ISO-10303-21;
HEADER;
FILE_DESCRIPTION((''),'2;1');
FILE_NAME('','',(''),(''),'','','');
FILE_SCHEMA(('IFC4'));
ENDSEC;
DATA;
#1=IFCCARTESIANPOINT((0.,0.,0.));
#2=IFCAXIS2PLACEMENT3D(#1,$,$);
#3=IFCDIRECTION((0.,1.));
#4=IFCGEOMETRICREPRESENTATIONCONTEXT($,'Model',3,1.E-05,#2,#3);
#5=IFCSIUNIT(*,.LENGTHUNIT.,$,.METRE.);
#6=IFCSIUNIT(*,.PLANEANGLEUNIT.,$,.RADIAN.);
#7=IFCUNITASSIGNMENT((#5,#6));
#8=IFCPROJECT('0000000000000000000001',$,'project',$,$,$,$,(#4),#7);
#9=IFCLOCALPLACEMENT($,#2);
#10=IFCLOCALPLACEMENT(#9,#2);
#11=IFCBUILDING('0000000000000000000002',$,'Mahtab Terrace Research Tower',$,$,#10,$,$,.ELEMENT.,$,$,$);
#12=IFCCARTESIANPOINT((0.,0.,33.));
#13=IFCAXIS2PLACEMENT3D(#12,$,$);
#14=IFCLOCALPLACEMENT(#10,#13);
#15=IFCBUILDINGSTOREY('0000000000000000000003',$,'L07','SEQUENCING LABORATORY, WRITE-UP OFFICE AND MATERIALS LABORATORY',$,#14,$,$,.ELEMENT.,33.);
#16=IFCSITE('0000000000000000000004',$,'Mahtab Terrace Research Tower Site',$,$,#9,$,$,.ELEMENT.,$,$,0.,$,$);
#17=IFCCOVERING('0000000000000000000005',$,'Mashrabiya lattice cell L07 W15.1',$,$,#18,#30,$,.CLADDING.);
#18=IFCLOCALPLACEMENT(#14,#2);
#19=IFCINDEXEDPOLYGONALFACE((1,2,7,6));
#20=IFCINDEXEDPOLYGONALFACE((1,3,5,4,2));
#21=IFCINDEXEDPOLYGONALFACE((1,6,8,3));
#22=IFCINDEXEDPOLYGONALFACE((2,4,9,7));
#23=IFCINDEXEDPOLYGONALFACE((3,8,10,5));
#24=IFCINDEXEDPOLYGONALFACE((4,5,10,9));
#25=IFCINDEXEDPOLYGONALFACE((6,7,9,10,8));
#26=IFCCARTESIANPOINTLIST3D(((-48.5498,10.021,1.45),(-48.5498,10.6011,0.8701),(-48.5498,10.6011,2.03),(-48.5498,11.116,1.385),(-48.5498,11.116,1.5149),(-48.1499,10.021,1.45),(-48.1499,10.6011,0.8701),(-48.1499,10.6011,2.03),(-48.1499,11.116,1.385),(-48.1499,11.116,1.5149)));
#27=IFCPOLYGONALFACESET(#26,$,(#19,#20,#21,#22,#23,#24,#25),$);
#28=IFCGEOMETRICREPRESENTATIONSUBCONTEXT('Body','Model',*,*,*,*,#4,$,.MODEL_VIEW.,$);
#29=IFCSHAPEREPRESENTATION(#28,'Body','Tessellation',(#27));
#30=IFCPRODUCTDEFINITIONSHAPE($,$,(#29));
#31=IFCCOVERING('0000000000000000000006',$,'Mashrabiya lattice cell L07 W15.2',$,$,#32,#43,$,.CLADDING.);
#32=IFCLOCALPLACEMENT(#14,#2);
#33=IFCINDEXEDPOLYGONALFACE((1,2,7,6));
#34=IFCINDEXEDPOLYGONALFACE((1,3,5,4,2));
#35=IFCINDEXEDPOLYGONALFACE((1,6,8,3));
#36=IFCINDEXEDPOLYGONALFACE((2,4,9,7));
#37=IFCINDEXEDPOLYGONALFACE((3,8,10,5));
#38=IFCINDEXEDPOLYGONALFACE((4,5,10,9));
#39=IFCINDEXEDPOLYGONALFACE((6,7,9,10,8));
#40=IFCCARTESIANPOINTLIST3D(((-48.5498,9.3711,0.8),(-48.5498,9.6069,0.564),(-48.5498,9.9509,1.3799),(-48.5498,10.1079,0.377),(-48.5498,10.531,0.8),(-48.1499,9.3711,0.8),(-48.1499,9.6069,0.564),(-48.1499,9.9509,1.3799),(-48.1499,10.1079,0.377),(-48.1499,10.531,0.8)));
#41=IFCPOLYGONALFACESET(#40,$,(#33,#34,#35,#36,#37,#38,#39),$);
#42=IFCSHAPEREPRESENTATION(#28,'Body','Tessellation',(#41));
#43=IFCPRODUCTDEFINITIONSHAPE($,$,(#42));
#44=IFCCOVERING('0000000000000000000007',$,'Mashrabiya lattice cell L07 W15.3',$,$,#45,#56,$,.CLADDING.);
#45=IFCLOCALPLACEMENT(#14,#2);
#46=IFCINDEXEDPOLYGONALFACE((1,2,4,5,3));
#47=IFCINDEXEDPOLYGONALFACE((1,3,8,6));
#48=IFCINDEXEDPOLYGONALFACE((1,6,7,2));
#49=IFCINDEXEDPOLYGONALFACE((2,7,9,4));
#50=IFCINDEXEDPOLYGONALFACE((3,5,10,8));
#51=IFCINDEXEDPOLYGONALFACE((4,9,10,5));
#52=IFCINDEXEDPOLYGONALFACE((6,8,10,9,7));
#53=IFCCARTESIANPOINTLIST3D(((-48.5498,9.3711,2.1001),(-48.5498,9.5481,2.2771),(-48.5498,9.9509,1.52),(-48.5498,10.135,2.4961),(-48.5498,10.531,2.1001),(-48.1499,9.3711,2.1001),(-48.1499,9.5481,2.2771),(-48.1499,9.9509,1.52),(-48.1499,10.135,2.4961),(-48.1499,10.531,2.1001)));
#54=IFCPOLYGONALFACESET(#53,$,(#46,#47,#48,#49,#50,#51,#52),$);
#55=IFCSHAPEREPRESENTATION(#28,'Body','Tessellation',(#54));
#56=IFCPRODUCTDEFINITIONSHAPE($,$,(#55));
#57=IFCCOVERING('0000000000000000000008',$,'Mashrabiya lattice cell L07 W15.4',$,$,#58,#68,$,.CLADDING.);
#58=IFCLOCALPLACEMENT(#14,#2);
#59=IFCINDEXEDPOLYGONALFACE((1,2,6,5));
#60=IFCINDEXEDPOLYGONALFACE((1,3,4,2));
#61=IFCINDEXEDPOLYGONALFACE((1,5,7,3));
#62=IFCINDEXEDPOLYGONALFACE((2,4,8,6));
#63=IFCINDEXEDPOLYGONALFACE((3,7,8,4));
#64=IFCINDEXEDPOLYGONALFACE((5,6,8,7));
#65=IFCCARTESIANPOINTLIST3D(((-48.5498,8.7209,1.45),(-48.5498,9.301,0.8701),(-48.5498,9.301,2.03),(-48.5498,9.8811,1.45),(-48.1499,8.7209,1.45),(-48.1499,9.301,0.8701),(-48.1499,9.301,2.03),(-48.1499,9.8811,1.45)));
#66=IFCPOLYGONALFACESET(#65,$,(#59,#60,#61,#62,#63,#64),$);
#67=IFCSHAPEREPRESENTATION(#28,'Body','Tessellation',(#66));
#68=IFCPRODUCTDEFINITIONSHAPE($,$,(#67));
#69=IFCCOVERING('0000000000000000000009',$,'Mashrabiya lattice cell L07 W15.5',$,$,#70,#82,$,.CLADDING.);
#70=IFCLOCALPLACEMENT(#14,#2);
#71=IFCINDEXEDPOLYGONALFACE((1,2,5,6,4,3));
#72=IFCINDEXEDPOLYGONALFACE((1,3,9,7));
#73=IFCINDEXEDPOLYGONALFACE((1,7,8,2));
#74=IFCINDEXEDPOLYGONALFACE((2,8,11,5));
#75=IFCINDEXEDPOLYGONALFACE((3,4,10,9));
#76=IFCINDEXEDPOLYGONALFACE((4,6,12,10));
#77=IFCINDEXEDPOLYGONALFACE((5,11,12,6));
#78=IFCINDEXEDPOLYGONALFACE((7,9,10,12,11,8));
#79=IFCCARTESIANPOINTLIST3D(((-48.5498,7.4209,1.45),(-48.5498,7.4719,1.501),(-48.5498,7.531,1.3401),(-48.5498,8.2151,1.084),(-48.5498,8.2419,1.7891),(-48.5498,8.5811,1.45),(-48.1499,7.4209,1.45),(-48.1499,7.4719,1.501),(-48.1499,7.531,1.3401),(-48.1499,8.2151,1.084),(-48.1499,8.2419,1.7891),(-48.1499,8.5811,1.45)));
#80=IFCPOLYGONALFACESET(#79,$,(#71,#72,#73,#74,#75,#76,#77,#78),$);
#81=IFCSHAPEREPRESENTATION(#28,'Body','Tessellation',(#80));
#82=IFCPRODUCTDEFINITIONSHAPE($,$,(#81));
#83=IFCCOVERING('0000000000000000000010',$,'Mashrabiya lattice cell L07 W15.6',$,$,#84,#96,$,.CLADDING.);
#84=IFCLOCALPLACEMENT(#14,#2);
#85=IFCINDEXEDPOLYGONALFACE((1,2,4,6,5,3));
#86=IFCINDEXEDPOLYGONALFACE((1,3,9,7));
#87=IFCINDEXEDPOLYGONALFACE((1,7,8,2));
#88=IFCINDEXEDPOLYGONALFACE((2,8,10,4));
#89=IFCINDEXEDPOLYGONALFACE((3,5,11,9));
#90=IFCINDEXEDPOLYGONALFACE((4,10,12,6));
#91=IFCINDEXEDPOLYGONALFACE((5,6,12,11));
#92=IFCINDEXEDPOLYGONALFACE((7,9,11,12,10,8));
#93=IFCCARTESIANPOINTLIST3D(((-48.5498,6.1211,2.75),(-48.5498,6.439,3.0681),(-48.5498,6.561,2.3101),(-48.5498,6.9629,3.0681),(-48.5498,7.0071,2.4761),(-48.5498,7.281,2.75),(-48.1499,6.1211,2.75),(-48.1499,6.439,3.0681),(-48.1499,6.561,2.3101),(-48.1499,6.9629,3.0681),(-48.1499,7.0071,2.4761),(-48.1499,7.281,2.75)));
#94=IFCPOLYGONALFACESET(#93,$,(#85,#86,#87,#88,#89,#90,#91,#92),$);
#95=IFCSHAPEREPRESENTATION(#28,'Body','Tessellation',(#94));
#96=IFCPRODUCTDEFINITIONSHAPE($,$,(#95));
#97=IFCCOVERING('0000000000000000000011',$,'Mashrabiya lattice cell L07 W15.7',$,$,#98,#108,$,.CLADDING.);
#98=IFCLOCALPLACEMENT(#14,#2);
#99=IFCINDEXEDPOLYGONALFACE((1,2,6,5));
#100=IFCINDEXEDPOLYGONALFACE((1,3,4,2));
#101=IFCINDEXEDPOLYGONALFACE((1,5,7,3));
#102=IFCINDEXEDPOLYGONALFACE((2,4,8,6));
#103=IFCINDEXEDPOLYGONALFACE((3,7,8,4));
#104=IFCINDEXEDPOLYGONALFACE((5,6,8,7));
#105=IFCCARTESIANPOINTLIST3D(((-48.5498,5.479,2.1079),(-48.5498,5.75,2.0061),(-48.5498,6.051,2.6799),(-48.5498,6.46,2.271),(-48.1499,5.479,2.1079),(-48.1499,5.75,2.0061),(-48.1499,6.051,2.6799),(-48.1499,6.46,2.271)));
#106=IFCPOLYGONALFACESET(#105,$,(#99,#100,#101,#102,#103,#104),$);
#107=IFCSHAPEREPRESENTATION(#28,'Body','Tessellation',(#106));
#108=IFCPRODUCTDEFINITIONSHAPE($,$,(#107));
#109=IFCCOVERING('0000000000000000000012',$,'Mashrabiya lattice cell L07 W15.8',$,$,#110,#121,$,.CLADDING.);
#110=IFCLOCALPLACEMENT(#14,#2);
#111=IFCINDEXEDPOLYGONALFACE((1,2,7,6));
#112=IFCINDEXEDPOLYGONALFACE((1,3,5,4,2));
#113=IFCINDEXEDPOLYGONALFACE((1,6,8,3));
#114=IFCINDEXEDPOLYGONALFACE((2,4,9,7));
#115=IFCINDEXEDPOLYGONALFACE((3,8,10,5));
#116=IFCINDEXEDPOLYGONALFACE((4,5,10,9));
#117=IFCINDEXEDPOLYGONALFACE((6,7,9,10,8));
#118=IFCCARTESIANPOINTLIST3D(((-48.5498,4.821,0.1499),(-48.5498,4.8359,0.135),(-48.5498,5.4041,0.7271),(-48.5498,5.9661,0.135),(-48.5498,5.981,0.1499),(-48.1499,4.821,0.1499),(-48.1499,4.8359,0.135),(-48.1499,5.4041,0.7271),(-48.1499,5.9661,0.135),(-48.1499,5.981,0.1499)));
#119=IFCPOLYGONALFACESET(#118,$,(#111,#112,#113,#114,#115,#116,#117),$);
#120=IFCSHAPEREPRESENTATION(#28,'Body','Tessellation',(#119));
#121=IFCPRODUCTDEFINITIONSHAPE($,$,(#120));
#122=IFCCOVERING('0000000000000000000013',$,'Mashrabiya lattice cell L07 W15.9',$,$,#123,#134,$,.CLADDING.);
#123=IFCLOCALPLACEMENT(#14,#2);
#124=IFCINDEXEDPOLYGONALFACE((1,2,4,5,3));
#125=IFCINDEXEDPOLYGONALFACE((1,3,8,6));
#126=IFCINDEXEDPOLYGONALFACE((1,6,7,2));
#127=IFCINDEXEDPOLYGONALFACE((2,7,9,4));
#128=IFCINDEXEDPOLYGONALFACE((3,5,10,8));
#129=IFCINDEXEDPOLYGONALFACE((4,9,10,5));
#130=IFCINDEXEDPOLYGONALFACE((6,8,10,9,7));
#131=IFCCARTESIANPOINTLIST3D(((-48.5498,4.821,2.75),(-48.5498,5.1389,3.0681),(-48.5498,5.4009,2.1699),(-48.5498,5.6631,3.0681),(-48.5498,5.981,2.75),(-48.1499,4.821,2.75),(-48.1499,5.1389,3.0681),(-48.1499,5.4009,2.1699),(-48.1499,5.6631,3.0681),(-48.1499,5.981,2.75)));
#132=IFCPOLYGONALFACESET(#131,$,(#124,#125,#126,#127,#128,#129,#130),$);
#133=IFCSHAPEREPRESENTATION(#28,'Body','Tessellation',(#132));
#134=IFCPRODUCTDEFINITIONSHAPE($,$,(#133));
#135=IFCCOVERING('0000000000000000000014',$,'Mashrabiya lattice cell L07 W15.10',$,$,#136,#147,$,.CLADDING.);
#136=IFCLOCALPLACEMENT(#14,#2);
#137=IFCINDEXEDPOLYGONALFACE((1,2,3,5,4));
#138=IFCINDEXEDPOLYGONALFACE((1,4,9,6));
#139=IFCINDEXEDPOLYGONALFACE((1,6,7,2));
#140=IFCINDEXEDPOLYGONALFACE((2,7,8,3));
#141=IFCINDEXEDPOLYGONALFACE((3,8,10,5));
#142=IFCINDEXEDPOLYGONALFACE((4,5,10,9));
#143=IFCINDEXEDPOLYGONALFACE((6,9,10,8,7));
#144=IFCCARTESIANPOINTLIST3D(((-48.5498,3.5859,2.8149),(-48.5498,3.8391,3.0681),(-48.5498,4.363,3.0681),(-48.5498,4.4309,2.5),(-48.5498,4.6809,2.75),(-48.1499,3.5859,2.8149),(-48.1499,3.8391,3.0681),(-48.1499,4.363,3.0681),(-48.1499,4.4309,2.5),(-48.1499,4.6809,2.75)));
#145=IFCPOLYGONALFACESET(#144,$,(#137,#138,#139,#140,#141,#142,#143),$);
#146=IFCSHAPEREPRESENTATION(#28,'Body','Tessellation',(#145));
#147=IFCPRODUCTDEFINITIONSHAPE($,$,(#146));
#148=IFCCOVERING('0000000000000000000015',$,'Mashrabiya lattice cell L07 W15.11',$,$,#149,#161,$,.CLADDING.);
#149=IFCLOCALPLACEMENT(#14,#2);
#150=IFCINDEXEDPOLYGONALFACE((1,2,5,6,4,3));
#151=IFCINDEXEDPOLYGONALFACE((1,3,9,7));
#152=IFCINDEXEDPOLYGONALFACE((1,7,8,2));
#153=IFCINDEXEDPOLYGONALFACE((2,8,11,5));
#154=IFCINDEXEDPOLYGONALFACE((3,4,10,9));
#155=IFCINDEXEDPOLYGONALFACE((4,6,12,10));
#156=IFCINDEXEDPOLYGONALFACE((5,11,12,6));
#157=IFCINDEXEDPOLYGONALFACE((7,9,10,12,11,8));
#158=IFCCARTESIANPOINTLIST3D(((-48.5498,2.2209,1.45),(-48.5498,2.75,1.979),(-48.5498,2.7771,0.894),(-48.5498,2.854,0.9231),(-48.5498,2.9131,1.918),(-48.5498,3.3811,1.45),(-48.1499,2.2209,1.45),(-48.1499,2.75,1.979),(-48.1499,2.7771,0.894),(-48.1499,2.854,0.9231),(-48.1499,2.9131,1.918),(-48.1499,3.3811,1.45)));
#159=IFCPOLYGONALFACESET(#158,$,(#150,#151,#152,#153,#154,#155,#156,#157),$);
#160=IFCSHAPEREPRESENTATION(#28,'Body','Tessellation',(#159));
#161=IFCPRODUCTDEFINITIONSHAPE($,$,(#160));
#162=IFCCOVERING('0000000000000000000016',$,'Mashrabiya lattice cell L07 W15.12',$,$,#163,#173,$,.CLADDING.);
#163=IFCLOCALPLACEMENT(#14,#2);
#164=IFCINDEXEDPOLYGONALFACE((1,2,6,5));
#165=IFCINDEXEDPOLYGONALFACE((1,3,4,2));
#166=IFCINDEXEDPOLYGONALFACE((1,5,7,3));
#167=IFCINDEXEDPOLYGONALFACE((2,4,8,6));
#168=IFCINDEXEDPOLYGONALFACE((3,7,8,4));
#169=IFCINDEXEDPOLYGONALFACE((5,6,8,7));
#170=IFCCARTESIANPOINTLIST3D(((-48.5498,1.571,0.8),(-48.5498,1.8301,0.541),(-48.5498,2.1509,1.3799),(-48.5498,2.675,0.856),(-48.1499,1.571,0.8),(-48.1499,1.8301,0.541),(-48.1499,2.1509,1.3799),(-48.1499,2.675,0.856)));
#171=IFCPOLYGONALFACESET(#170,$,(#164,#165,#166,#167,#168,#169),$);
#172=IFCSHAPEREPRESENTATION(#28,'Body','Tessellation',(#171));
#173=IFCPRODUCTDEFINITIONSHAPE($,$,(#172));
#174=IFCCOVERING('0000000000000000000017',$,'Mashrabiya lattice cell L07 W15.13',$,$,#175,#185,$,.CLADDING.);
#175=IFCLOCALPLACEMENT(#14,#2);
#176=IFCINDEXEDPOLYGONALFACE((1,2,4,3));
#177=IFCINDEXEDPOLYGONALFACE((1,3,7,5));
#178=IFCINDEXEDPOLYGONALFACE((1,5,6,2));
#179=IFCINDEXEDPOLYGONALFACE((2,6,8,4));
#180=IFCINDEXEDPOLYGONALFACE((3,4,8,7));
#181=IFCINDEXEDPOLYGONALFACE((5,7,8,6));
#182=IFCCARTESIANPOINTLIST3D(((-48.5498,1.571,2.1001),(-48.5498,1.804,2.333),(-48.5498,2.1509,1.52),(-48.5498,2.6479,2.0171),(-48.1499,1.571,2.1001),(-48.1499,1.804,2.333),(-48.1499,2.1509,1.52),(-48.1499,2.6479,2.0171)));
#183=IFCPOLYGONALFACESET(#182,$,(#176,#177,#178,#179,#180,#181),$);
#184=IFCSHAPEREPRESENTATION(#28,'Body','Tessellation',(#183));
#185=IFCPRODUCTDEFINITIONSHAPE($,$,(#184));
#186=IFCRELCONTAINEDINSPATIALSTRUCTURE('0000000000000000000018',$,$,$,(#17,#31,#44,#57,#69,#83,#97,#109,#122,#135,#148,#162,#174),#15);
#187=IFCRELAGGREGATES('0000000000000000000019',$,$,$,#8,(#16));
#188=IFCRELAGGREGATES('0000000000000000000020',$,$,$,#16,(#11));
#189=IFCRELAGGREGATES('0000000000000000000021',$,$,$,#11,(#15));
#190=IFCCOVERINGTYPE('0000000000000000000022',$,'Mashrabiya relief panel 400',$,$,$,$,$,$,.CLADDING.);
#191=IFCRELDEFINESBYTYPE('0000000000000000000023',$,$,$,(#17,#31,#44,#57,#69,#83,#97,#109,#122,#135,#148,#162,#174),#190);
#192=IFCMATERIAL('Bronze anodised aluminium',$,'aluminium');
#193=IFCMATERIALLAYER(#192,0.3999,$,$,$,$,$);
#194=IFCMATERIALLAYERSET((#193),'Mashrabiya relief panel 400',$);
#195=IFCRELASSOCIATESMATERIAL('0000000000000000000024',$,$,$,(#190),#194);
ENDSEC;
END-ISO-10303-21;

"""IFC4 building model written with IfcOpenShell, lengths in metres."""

from ifc_helpers import new_model, si_unit, direction, frame, origin, place, context, subcontext, project, spatial, polyline, outline, extrude, material, layer, layer_set, type_object, element, save


model = new_model("IFC4")

# Units and contexts
model_context = context("Model", 3, precision=1e-05, world=origin(), true_north=direction((0.0, 1.0)))
body_context = subcontext(model_context, "Body", "Model", "MODEL_VIEW")
ifc_project = project(units=[si_unit("LENGTHUNIT", "METRE"), si_unit("PLANEANGLEUNIT", "RADIAN")], contexts=[model_context])

# Site, building, storey
site_placement = place(None, origin())
site = spatial("IfcSite", under=ifc_project, at=site_placement, Name="Mahtab Terrace Research Tower Site", CompositionType="ELEMENT", RefElevation=0.0)
building_placement = place(site_placement, origin())
building = spatial("IfcBuilding", under=site, at=building_placement, Name="Mahtab Terrace Research Tower", CompositionType="ELEMENT")
storey_placement = place(building_placement, frame((0.0, 0.0, 33.0)))
storey = spatial("IfcBuildingStorey", under=building, at=storey_placement, Name="L07", Description="SEQUENCING LABORATORY, WRITE-UP OFFICE AND MATERIALS LABORATORY", CompositionType="ELEMENT", Elevation=33.0)

# Coverings
ifc_material_1 = material(Name="Bronze anodised aluminium", Category="aluminium")
ifc_layer_1 = layer(ifc_material_1, 0.3999)
ifc_layer_set_1 = layer_set([ifc_layer_1], Name="Mashrabiya relief panel 400")
covering_type = type_object("IfcCoveringType", Name="Mashrabiya relief panel 400", PredefinedType="CLADDING", material=ifc_layer_set_1)
covering_1_placement = place(storey_placement, frame((-48.1499, 10.6011, 2.03), z_axis=(1.0, 0.0, 0.0), x_axis=(0.0, -0.707107, -0.707107)))
element("IfcCovering", 1, at=covering_1_placement, inside=storey, type_object=covering_type, Name="Mashrabiya lattice cell L07 W15.1", PredefinedType="CLADDING", context=body_context, shape_type="SweptSolid", body=[
    extrude(outline(polyline([(0.0, 0.0), (0.8204, 0.0), (0.8202, 0.8202), (0.092, 0.8202), (0.0002, 0.7283), (0.0, 0.0)])), origin(), (0.0, 0.0, -1.0), 0.3999),
])
covering_2_placement = place(storey_placement, frame((-48.1499, 10.531, 0.8), z_axis=(1.0, 0.0, 0.0), x_axis=(0.0, -0.707256, 0.706958)))
element("IfcCovering", 2, at=covering_2_placement, inside=storey, type_object=covering_type, Name="Mashrabiya lattice cell L07 W15.2", PredefinedType="CLADDING", context=body_context, shape_type="SweptSolid", body=[
    extrude(outline(polyline([(0.0, 0.0), (0.8202, 0.0), (0.8204, 0.82), (0.4867, 0.8203), (0.0001, 0.5983), (0.0, 0.0)])), origin(), (0.0, 0.0, -1.0), 0.3999),
])
covering_3_placement = place(storey_placement, frame((-48.1499, 9.3711, 2.1001), z_axis=(1.0, 0.0, 0.0), x_axis=(0.0, 0.706958, -0.707256)))
element("IfcCovering", 3, at=covering_3_placement, inside=storey, type_object=covering_type, Name="Mashrabiya lattice cell L07 W15.3", PredefinedType="CLADDING", context=body_context, shape_type="SweptSolid", body=[
    extrude(outline(polyline([(0.0, 0.0), (0.8202, 0.0), (0.82, 0.8204), (0.26, 0.8202), (-0.0001, 0.2503), (0.0, 0.0)])), origin(), (0.0, 0.0, -1.0), 0.3999),
])
covering_4_placement = place(storey_placement, frame((-48.1499, 9.301, 2.03), z_axis=(1.0, 0.0, 0.0), x_axis=(0.0, -0.707107, -0.707107)))
element("IfcCovering", 4, at=covering_4_placement, inside=storey, type_object=covering_type, Name="Mashrabiya lattice cell L07 W15.4", PredefinedType="CLADDING", context=body_context, shape_type="SweptSolid", body=[
    extrude(outline(polyline([(0.0, 0.0), (0.8204, 0.0), (0.8202, 0.8202), (0.0, 0.8204), (0.0, 0.0)])), origin(), (0.0, 0.0, -1.0), 0.3999),
])
covering_5_placement = place(storey_placement, frame((-48.1499, 8.5811, 1.45), z_axis=(1.0, 0.0, 0.0), x_axis=(0.0, -0.707107, 0.707107)))
element("IfcCovering", 5, at=covering_5_placement, inside=storey, type_object=covering_type, Name="Mashrabiya lattice cell L07 W15.5", PredefinedType="CLADDING", context=body_context, shape_type="SweptSolid", body=[
    extrude(outline(polyline([(0.0, 0.0), (0.4796, 0.0), (0.8204, 0.7482), (0.8204, 0.8204), (0.6648, 0.8202), (0.0, 0.5176), (0.0, 0.0)])), origin(), (0.0, 0.0, -1.0), 0.3999),
])
covering_6_placement = place(storey_placement, frame((-48.1499, 7.281, 2.75), z_axis=(1.0, 0.0, 0.0), x_axis=(0.0, -0.707107, 0.707107)))
element("IfcCovering", 6, at=covering_6_placement, inside=storey, type_object=covering_type, Name="Mashrabiya lattice cell L07 W15.6", PredefinedType="CLADDING", context=body_context, shape_type="SweptSolid", body=[
    extrude(outline(polyline([(0.0, 0.0), (0.4499, 0.0), (0.8204, 0.3705), (0.8202, 0.8202), (0.198, 0.8202), (0.0, 0.3874), (0.0, 0.0)])), origin(), (0.0, 0.0, -1.0), 0.3999),
])
covering_7_placement = place(storey_placement, frame((-48.1499, 6.051, 2.6799), z_axis=(1.0, 0.0, 0.0), x_axis=(0.0, -0.707107, -0.707107)))
element("IfcCovering", 7, at=covering_7_placement, inside=storey, type_object=covering_type, Name="Mashrabiya lattice cell L07 W15.7", PredefinedType="CLADDING", context=body_context, shape_type="SweptSolid", body=[
    extrude(outline(polyline([(0.0, 0.0), (0.809, 0.0), (0.6893, 0.2636), (0.0, 0.5783), (0.0, 0.0)])), origin(), (0.0, 0.0, -1.0), 0.3999),
])
covering_8_placement = place(storey_placement, frame((-48.1499, 5.981, 0.1499), z_axis=(1.0, 0.0, 0.0), x_axis=(0.0, -0.706957, 0.707256)))
element("IfcCovering", 8, at=covering_8_placement, inside=storey, type_object=covering_type, Name="Mashrabiya lattice cell L07 W15.8", PredefinedType="CLADDING", context=body_context, shape_type="SweptSolid", body=[
    extrude(outline(polyline([(0.0, 0.0), (0.816, 0.0), (0.82, 0.8204), (0.7989, 0.8204), (0.0, 0.0211), (0.0, 0.0)])), origin(), (0.0, 0.0, -1.0), 0.3999),
])
covering_9_placement = place(storey_placement, frame((-48.1499, 4.821, 2.75), z_axis=(1.0, 0.0, 0.0), x_axis=(0.0, 0.706958, -0.707256)))
element("IfcCovering", 9, at=covering_9_placement, inside=storey, type_object=covering_type, Name="Mashrabiya lattice cell L07 W15.9", PredefinedType="CLADDING", context=body_context, shape_type="SweptSolid", body=[
    extrude(outline(polyline([(0.0, 0.0), (0.8202, 0.0), (0.82, 0.8204), (0.3703, 0.8204), (-0.0003, 0.4497), (0.0, 0.0)])), origin(), (0.0, 0.0, -1.0), 0.3999),
])
covering_10_placement = place(storey_placement, frame((-48.1499, 4.6809, 2.75), z_axis=(1.0, 0.0, 0.0), x_axis=(0.0, -0.706835, 0.707378)))
element("IfcCovering", 10, at=covering_10_placement, inside=storey, type_object=covering_type, Name="Mashrabiya lattice cell L07 W15.10", PredefinedType="CLADDING", context=body_context, shape_type="SweptSolid", body=[
    extrude(outline(polyline([(0.0, 0.0), (0.4497, 0.0), (0.82, 0.3706), (0.8199, 0.7287), (-0.0001, 0.3536), (0.0, 0.0)])), origin(), (0.0, 0.0, -1.0), 0.3999),
])
covering_11_placement = place(storey_placement, frame((-48.1499, 3.3811, 1.45), z_axis=(1.0, 0.0, 0.0), x_axis=(0.0, -0.707107, 0.707107)))
element("IfcCovering", 11, at=covering_11_placement, inside=storey, type_object=covering_type, Name="Mashrabiya lattice cell L07 W15.11", PredefinedType="CLADDING", context=body_context, shape_type="SweptSolid", body=[
    extrude(outline(polyline([(0.0, 0.0), (0.6619, 0.0), (0.8204, 0.0722), (0.8204, 0.8204), (0.034, 0.8202), (0.0002, 0.7453), (0.0, 0.0)])), origin(), (0.0, 0.0, -1.0), 0.3999),
])
covering_12_placement = place(storey_placement, frame((-48.1499, 2.1509, 1.3799), z_axis=(1.0, 0.0, 0.0), x_axis=(0.0, -0.707107, -0.707107)))
element("IfcCovering", 12, at=covering_12_placement, inside=storey, type_object=covering_type, Name="Mashrabiya lattice cell L07 W15.12", PredefinedType="CLADDING", context=body_context, shape_type="SweptSolid", body=[
    extrude(outline(polyline([(0.0, 0.0), (0.82, 0.0), (0.82, 0.3663), (-0.0002, 0.7411), (0.0, 0.0)])), origin(), (0.0, 0.0, -1.0), 0.3999),
])
covering_13_placement = place(storey_placement, frame((-48.1499, 1.571, 2.1001), z_axis=(1.0, 0.0, 0.0), x_axis=(0.0, 0.706958, -0.707256)))
element("IfcCovering", 13, at=covering_13_placement, inside=storey, type_object=covering_type, Name="Mashrabiya lattice cell L07 W15.13", PredefinedType="CLADDING", context=body_context, shape_type="SweptSolid", body=[
    extrude(outline(polyline([(0.0, 0.0), (0.8202, 0.0), (0.82, 0.703), (-0.0001, 0.3294), (0.0, 0.0)])), origin(), (0.0, 0.0, -1.0), 0.3999),
])

save(model, "model.ifc")
